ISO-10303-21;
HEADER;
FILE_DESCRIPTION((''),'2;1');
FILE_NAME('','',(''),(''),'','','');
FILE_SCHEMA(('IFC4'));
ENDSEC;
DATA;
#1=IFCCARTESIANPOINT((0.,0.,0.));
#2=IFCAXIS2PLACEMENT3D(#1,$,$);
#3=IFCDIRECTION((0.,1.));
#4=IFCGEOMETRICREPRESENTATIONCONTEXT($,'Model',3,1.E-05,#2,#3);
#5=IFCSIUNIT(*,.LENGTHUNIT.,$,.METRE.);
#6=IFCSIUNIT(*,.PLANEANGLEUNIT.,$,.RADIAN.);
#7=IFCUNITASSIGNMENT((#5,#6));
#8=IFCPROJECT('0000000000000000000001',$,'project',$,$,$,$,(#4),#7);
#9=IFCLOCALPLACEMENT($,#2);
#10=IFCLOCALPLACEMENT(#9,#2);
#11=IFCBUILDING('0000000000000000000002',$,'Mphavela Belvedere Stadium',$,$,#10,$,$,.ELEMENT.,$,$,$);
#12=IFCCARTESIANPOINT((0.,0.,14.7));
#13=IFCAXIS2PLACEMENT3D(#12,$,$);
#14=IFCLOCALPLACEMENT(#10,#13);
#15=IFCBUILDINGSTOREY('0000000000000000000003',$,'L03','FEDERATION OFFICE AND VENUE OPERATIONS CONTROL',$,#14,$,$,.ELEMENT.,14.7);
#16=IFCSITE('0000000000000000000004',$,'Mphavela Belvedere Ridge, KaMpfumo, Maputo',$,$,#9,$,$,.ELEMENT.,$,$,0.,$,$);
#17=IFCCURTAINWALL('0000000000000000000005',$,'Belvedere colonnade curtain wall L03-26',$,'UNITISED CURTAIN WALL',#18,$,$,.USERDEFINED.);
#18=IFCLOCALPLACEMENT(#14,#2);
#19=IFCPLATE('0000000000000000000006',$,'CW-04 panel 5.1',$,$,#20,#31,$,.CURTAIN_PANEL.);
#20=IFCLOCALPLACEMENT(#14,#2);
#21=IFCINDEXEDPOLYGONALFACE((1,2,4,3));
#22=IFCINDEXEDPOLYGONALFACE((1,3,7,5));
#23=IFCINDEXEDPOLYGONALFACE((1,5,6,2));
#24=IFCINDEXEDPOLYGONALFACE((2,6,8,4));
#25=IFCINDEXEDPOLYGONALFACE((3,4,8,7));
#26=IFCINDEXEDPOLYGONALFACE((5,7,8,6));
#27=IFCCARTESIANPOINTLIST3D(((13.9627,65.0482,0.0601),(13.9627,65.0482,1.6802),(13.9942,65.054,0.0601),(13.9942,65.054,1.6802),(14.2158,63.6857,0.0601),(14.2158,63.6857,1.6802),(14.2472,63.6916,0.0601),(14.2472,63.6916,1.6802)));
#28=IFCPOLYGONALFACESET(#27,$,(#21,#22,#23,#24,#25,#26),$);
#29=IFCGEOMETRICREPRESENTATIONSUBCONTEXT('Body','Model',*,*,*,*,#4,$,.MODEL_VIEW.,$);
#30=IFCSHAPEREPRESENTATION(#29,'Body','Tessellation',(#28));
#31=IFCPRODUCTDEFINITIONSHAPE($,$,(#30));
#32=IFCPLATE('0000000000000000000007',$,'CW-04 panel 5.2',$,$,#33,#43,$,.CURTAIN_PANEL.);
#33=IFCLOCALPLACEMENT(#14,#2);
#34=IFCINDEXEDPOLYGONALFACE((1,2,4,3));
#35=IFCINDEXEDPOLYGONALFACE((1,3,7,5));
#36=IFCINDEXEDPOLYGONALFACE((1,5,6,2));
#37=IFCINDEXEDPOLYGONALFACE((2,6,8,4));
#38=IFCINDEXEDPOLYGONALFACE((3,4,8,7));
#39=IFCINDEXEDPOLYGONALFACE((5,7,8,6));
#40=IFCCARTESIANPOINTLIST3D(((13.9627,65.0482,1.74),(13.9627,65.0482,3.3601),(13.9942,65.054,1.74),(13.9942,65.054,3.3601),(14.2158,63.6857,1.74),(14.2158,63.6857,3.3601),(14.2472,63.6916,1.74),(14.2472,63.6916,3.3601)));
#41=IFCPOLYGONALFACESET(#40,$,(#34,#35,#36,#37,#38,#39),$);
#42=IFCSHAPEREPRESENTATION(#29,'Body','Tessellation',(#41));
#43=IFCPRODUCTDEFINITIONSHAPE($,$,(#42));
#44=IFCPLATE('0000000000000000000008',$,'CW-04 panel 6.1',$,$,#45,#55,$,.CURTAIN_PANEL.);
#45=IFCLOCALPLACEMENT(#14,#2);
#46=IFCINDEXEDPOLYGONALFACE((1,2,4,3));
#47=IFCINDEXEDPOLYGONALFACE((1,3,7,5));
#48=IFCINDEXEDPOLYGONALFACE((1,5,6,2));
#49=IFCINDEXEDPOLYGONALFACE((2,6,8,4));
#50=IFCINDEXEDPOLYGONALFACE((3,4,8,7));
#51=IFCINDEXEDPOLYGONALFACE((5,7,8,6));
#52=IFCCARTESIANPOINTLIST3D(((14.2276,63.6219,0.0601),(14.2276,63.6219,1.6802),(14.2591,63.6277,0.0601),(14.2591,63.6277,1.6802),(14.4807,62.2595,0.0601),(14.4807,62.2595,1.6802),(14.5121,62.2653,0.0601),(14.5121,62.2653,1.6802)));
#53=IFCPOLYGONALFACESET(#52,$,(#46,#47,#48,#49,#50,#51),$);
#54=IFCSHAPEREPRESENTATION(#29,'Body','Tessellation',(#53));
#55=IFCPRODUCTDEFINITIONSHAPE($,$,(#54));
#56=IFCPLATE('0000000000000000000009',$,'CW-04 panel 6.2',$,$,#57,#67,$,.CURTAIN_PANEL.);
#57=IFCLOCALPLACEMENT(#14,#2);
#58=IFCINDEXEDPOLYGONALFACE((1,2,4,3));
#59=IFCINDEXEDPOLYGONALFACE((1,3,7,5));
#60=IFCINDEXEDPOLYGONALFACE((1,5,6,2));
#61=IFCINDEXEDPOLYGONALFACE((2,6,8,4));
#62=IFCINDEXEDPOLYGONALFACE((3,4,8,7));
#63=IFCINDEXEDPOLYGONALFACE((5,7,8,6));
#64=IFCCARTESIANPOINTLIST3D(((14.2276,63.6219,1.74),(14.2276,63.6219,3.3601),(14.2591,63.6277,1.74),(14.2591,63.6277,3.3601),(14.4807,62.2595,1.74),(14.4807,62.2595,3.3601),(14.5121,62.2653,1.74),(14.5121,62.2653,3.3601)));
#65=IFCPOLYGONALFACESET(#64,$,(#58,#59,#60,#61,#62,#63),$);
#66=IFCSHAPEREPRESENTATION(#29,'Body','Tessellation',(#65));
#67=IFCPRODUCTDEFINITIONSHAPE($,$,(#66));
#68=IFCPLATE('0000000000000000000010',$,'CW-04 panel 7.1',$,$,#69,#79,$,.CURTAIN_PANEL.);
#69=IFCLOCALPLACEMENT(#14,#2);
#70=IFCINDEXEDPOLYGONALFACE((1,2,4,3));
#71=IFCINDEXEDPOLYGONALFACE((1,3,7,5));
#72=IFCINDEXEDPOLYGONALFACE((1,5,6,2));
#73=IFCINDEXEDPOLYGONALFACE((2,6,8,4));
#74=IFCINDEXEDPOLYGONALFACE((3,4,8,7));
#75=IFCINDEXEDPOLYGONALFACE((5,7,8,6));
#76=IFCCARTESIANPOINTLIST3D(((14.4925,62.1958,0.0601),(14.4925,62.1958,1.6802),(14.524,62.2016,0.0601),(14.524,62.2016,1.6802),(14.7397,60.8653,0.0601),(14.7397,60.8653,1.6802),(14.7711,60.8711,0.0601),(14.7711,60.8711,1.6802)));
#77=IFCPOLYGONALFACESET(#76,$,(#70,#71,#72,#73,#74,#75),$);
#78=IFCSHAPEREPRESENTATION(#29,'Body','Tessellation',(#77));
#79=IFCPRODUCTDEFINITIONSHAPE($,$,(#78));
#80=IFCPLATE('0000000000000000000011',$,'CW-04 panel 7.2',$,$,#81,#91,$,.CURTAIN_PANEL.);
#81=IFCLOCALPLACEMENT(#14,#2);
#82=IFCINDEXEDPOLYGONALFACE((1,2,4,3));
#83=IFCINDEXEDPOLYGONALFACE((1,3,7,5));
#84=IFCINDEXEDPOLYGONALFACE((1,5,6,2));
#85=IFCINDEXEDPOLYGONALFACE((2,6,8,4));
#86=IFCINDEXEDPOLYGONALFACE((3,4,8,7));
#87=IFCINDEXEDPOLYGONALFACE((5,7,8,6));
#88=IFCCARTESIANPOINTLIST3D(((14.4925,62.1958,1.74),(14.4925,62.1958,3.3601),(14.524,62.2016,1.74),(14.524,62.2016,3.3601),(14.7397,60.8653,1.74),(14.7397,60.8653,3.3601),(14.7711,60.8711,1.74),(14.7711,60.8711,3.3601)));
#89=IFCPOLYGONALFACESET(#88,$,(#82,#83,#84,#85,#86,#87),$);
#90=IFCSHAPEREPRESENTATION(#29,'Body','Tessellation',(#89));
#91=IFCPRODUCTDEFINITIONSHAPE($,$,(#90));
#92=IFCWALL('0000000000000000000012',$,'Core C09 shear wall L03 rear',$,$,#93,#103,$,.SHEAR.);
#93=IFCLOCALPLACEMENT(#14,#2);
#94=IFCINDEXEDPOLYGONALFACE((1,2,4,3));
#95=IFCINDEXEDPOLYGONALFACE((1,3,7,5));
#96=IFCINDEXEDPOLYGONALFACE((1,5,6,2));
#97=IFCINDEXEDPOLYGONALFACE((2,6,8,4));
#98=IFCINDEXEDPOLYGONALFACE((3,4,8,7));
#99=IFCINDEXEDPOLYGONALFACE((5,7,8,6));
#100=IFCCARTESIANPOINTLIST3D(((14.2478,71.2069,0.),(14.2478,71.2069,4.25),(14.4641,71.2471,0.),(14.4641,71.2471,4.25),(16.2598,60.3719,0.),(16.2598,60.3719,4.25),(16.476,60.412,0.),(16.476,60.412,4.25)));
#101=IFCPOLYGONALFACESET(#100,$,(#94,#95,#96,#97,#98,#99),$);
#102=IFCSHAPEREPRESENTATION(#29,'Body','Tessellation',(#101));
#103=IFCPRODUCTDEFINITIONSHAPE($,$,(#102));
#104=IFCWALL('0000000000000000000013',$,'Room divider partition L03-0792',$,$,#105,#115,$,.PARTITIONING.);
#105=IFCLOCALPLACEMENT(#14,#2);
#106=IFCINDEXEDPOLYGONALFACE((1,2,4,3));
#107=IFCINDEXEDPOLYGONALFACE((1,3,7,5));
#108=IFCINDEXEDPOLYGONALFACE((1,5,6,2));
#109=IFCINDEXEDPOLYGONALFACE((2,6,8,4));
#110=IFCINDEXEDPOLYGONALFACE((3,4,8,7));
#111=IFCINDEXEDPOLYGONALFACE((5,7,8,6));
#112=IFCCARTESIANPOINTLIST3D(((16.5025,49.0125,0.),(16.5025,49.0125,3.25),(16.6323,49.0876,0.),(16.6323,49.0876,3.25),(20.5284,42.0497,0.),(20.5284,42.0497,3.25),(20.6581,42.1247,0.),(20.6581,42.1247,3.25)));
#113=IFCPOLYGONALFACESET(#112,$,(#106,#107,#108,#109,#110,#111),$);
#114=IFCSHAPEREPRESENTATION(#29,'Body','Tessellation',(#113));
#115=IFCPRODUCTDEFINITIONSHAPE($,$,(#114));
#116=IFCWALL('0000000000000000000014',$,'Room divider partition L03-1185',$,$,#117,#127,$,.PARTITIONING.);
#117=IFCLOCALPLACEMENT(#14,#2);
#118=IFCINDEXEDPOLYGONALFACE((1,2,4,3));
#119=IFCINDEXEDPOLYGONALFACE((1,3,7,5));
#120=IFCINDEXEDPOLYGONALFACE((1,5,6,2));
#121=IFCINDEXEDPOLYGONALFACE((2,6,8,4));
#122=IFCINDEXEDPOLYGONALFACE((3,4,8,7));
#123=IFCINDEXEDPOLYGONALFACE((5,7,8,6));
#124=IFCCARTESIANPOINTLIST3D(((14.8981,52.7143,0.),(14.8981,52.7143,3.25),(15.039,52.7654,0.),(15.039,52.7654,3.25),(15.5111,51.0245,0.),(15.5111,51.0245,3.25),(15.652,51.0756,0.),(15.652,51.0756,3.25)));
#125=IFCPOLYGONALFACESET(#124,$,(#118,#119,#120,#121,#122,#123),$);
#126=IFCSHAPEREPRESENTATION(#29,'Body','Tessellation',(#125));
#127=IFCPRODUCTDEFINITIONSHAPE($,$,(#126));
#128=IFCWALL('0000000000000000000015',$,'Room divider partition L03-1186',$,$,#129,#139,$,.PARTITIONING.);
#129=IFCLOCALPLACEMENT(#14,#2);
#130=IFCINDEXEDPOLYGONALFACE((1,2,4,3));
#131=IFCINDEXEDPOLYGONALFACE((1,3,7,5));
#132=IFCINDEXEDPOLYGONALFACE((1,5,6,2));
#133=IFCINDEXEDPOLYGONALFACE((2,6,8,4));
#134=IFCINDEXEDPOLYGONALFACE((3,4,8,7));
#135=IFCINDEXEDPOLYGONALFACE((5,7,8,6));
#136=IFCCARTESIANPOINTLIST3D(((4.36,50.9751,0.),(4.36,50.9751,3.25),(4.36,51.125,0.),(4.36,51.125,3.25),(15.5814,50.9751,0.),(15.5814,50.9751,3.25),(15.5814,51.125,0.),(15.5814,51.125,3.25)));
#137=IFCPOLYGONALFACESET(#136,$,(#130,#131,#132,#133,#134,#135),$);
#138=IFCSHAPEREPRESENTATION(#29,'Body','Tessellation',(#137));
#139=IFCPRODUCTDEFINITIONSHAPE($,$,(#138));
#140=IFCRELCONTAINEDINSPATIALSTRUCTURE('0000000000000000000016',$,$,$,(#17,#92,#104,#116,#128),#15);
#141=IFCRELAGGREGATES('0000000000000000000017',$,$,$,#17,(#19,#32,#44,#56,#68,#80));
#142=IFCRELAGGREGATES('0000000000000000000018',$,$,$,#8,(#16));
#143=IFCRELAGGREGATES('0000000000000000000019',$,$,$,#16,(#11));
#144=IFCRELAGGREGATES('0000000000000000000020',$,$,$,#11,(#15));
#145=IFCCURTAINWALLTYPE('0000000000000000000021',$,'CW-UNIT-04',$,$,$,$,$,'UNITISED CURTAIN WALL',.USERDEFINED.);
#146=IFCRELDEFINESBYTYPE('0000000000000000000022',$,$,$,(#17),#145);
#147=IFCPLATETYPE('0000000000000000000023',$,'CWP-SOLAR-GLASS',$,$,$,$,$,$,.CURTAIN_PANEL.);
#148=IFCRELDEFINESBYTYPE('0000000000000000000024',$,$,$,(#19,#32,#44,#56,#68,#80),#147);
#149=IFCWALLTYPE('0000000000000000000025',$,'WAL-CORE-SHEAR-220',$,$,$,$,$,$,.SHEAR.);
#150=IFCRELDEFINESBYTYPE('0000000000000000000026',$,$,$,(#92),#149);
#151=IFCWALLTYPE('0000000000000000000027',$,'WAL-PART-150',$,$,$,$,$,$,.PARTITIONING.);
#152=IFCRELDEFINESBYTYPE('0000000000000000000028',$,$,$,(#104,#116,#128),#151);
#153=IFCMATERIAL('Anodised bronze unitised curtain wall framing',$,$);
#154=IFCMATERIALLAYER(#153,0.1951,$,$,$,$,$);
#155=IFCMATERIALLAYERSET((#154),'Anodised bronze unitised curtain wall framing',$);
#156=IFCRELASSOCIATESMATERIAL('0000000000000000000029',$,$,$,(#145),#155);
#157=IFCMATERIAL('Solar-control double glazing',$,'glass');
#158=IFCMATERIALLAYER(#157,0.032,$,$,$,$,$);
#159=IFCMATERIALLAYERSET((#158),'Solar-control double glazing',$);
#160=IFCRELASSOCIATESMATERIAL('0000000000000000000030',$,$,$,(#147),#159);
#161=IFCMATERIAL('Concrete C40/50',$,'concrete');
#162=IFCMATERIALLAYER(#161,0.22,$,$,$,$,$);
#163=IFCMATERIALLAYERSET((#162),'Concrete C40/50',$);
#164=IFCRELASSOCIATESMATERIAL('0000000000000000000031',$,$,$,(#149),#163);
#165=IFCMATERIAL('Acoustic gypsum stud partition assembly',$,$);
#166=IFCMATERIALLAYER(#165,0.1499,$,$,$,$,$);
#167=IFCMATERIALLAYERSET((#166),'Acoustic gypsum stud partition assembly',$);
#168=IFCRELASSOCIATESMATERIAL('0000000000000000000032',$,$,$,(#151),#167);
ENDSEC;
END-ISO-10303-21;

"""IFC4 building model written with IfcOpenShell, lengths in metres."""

from ifc_helpers import new_model, si_unit, direction, frame, frame_2d, origin, origin_2d, place, context, subcontext, project, spatial, rectangle, extrude, material, layer, layer_set, type_object, element, aggregate, save


model = new_model("IFC4")

# Units and contexts
model_context = context("Model", 3, precision=1e-05, world=origin(), true_north=direction((0.0, 1.0)))
body_context = subcontext(model_context, "Body", "Model", "MODEL_VIEW")
ifc_project = project(units=[si_unit("LENGTHUNIT", "METRE"), si_unit("PLANEANGLEUNIT", "RADIAN")], contexts=[model_context])

# Site, building, storey
site_placement = place(None, origin())
site = spatial("IfcSite", under=ifc_project, at=site_placement, Name="Mphavela Belvedere Ridge, KaMpfumo, Maputo", CompositionType="ELEMENT", RefElevation=0.0)
building_placement = place(site_placement, origin())
building = spatial("IfcBuilding", under=site, at=building_placement, Name="Mphavela Belvedere Stadium", CompositionType="ELEMENT")
storey_placement = place(building_placement, frame((0.0, 0.0, 14.7)))
storey = spatial("IfcBuildingStorey", under=building, at=storey_placement, Name="L03", Description="FEDERATION OFFICE AND VENUE OPERATIONS CONTROL", CompositionType="ELEMENT", Elevation=14.7)

# Curtain wall
ifc_material_1 = material(Name="Anodised bronze unitised curtain wall framing")
ifc_layer_1 = layer(ifc_material_1, 0.1951)
ifc_layer_set_1 = layer_set([ifc_layer_1], Name="Anodised bronze unitised curtain wall framing")
curtain_wall_type_1 = type_object("IfcCurtainWallType", Name="CW-UNIT-04", ElementType="UNITISED CURTAIN WALL", PredefinedType="USERDEFINED", material=ifc_layer_set_1)
curtain_wall_1_placement = place(storey_placement, origin())
curtain_wall_1 = element("IfcCurtainWall", 1, at=curtain_wall_1_placement, inside=storey, type_object=curtain_wall_type_1, Name="Belvedere colonnade curtain wall L03-26", ObjectType="UNITISED CURTAIN WALL", PredefinedType="USERDEFINED")

# Plates
ifc_material_2 = material(Name="Solar-control double glazing", Category="glass")
ifc_layer_2 = layer(ifc_material_2, 0.032)
ifc_layer_set_2 = layer_set([ifc_layer_2], Name="Solar-control double glazing")
plate_type = type_object("IfcPlateType", Name="CWP-SOLAR-GLASS", PredefinedType="CURTAIN_PANEL", material=ifc_layer_set_2)
plate_1_placement = place(storey_placement, frame((14.105, 64.3699, 0.0601), z_axis=(0.0, 0.0, 1.0), x_axis=(0.182631, -0.983181, 0.0)))
plate_1 = element("IfcPlate", 2, at=plate_1_placement, type_object=plate_type, Name="CW-04 panel 5.1", PredefinedType="CURTAIN_PANEL", context=body_context, shape_type="SweptSolid", body=[
    extrude(rectangle(XDim=1.3857, YDim=0.032, at=origin_2d()), origin(), (0.0, 0.0, 1.0), 1.6201),
])
plate_2_placement = place(storey_placement, frame((14.105, 64.3699, 1.74), z_axis=(0.0, 0.0, 1.0), x_axis=(0.182631, -0.983181, 0.0)))
plate_2 = element("IfcPlate", 3, at=plate_2_placement, type_object=plate_type, Name="CW-04 panel 5.2", PredefinedType="CURTAIN_PANEL", context=body_context, shape_type="SweptSolid", body=[
    extrude(rectangle(XDim=1.3857, YDim=0.032, at=origin_2d()), origin(), (0.0, 0.0, 1.0), 1.6201),
])
plate_3_placement = place(storey_placement, frame((14.3699, 62.9436, 0.0601), z_axis=(0.0, 0.0, 1.0), x_axis=(0.182631, -0.983181, 0.0)))
plate_3 = element("IfcPlate", 4, at=plate_3_placement, type_object=plate_type, Name="CW-04 panel 6.1", PredefinedType="CURTAIN_PANEL", context=body_context, shape_type="SweptSolid", body=[
    extrude(rectangle(XDim=1.3857, YDim=0.032, at=origin_2d()), origin(), (0.0, 0.0, 1.0), 1.6201),
])
plate_4_placement = place(storey_placement, frame((14.3699, 62.9436, 1.74), z_axis=(0.0, 0.0, 1.0), x_axis=(0.182631, -0.983181, 0.0)))
plate_4 = element("IfcPlate", 5, at=plate_4_placement, type_object=plate_type, Name="CW-04 panel 6.2", PredefinedType="CURTAIN_PANEL", context=body_context, shape_type="SweptSolid", body=[
    extrude(rectangle(XDim=1.3857, YDim=0.032, at=origin_2d()), origin(), (0.0, 0.0, 1.0), 1.6201),
])
plate_5_placement = place(storey_placement, frame((14.6318, 61.5334, 0.0601), z_axis=(0.0, 0.0, 1.0), x_axis=(0.182631, -0.983181, 0.0)))
plate_5 = element("IfcPlate", 6, at=plate_5_placement, type_object=plate_type, Name="CW-04 panel 7.1", PredefinedType="CURTAIN_PANEL", context=body_context, shape_type="SweptSolid", body=[
    extrude(rectangle(XDim=1.3533, YDim=0.032, at=origin_2d()), origin(), (0.0, 0.0, 1.0), 1.6201),
])
plate_6_placement = place(storey_placement, frame((14.6318, 61.5334, 1.74), z_axis=(0.0, 0.0, 1.0), x_axis=(0.182631, -0.983181, 0.0)))
plate_6 = element("IfcPlate", 7, at=plate_6_placement, type_object=plate_type, Name="CW-04 panel 7.2", PredefinedType="CURTAIN_PANEL", context=body_context, shape_type="SweptSolid", body=[
    extrude(rectangle(XDim=1.3533, YDim=0.032, at=origin_2d()), origin(), (0.0, 0.0, 1.0), 1.6201),
])
aggregate(curtain_wall_1, [plate_1, plate_2, plate_3, plate_4, plate_5, plate_6])

# Wall
ifc_material_3 = material(Name="Concrete C40/50", Category="concrete")
ifc_layer_3 = layer(ifc_material_3, 0.22)
ifc_layer_set_3 = layer_set([ifc_layer_3], Name="Concrete C40/50")
wall_type_1 = type_object("IfcWallType", Name="WAL-CORE-SHEAR-220", PredefinedType="SHEAR", material=ifc_layer_set_3)
wall_1_placement = place(storey_placement, frame((16.3679, 60.3918, 0.0), z_axis=(0.0, 0.0, 1.0), x_axis=(-0.182571, 0.983193, 0.0)))
element("IfcWall", 8, at=wall_1_placement, inside=storey, type_object=wall_type_1, Name="Core C09 shear wall L03 rear", PredefinedType="SHEAR", context=body_context, shape_type="SweptSolid", body=[
    extrude(rectangle(XDim=11.0203, YDim=0.22, at=frame_2d((5.5103, 0.0))), origin(), (0.0, 0.0, 1.0), 4.25),
])

# Walls
ifc_material_4 = material(Name="Acoustic gypsum stud partition assembly")
ifc_layer_4 = layer(ifc_material_4, 0.1499)
ifc_layer_set_4 = layer_set([ifc_layer_4], Name="Acoustic gypsum stud partition assembly")
wall_type_2 = type_object("IfcWallType", Name="WAL-PART-150", PredefinedType="PARTITIONING", material=ifc_layer_set_4)
wall_2_placement = place(storey_placement, frame((16.5674, 49.05, 0.0), z_axis=(0.0, 0.0, 1.0), x_axis=(0.500546, -0.86571, 0.0)))
element("IfcWall", 9, at=wall_2_placement, inside=storey, type_object=wall_type_2, Name="Room divider partition L03-0792", PredefinedType="PARTITIONING", context=body_context, shape_type="SweptSolid", body=[
    extrude(rectangle(XDim=8.043, YDim=0.1499, at=frame_2d((4.0215, 0.0))), origin(), (0.0, 0.0, 1.0), 3.25),
])
wall_3_placement = place(storey_placement, frame((14.9685, 52.74, 0.0), z_axis=(0.0, 0.0, 1.0), x_axis=(0.341012, -0.940059, 0.0)))
element("IfcWall", 10, at=wall_3_placement, inside=storey, type_object=wall_type_2, Name="Room divider partition L03-1185", PredefinedType="PARTITIONING", context=body_context, shape_type="SweptSolid", body=[
    extrude(rectangle(XDim=1.7976, YDim=0.1499, at=frame_2d((0.8989, 0.0))), origin(), (0.0, 0.0, 1.0), 3.25),
])
wall_4_placement = place(storey_placement, frame((15.5815, 51.05, 0.0), z_axis=(0.0, 0.0, 1.0), x_axis=(-1.0, 0.0, 0.0)))
element("IfcWall", 11, at=wall_4_placement, inside=storey, type_object=wall_type_2, Name="Room divider partition L03-1186", PredefinedType="PARTITIONING", context=body_context, shape_type="SweptSolid", body=[
    extrude(rectangle(XDim=11.2214, YDim=0.1499, at=frame_2d((5.6108, 0.0))), origin(), (0.0, 0.0, 1.0), 3.25),
])

save(model, "model.ifc")
